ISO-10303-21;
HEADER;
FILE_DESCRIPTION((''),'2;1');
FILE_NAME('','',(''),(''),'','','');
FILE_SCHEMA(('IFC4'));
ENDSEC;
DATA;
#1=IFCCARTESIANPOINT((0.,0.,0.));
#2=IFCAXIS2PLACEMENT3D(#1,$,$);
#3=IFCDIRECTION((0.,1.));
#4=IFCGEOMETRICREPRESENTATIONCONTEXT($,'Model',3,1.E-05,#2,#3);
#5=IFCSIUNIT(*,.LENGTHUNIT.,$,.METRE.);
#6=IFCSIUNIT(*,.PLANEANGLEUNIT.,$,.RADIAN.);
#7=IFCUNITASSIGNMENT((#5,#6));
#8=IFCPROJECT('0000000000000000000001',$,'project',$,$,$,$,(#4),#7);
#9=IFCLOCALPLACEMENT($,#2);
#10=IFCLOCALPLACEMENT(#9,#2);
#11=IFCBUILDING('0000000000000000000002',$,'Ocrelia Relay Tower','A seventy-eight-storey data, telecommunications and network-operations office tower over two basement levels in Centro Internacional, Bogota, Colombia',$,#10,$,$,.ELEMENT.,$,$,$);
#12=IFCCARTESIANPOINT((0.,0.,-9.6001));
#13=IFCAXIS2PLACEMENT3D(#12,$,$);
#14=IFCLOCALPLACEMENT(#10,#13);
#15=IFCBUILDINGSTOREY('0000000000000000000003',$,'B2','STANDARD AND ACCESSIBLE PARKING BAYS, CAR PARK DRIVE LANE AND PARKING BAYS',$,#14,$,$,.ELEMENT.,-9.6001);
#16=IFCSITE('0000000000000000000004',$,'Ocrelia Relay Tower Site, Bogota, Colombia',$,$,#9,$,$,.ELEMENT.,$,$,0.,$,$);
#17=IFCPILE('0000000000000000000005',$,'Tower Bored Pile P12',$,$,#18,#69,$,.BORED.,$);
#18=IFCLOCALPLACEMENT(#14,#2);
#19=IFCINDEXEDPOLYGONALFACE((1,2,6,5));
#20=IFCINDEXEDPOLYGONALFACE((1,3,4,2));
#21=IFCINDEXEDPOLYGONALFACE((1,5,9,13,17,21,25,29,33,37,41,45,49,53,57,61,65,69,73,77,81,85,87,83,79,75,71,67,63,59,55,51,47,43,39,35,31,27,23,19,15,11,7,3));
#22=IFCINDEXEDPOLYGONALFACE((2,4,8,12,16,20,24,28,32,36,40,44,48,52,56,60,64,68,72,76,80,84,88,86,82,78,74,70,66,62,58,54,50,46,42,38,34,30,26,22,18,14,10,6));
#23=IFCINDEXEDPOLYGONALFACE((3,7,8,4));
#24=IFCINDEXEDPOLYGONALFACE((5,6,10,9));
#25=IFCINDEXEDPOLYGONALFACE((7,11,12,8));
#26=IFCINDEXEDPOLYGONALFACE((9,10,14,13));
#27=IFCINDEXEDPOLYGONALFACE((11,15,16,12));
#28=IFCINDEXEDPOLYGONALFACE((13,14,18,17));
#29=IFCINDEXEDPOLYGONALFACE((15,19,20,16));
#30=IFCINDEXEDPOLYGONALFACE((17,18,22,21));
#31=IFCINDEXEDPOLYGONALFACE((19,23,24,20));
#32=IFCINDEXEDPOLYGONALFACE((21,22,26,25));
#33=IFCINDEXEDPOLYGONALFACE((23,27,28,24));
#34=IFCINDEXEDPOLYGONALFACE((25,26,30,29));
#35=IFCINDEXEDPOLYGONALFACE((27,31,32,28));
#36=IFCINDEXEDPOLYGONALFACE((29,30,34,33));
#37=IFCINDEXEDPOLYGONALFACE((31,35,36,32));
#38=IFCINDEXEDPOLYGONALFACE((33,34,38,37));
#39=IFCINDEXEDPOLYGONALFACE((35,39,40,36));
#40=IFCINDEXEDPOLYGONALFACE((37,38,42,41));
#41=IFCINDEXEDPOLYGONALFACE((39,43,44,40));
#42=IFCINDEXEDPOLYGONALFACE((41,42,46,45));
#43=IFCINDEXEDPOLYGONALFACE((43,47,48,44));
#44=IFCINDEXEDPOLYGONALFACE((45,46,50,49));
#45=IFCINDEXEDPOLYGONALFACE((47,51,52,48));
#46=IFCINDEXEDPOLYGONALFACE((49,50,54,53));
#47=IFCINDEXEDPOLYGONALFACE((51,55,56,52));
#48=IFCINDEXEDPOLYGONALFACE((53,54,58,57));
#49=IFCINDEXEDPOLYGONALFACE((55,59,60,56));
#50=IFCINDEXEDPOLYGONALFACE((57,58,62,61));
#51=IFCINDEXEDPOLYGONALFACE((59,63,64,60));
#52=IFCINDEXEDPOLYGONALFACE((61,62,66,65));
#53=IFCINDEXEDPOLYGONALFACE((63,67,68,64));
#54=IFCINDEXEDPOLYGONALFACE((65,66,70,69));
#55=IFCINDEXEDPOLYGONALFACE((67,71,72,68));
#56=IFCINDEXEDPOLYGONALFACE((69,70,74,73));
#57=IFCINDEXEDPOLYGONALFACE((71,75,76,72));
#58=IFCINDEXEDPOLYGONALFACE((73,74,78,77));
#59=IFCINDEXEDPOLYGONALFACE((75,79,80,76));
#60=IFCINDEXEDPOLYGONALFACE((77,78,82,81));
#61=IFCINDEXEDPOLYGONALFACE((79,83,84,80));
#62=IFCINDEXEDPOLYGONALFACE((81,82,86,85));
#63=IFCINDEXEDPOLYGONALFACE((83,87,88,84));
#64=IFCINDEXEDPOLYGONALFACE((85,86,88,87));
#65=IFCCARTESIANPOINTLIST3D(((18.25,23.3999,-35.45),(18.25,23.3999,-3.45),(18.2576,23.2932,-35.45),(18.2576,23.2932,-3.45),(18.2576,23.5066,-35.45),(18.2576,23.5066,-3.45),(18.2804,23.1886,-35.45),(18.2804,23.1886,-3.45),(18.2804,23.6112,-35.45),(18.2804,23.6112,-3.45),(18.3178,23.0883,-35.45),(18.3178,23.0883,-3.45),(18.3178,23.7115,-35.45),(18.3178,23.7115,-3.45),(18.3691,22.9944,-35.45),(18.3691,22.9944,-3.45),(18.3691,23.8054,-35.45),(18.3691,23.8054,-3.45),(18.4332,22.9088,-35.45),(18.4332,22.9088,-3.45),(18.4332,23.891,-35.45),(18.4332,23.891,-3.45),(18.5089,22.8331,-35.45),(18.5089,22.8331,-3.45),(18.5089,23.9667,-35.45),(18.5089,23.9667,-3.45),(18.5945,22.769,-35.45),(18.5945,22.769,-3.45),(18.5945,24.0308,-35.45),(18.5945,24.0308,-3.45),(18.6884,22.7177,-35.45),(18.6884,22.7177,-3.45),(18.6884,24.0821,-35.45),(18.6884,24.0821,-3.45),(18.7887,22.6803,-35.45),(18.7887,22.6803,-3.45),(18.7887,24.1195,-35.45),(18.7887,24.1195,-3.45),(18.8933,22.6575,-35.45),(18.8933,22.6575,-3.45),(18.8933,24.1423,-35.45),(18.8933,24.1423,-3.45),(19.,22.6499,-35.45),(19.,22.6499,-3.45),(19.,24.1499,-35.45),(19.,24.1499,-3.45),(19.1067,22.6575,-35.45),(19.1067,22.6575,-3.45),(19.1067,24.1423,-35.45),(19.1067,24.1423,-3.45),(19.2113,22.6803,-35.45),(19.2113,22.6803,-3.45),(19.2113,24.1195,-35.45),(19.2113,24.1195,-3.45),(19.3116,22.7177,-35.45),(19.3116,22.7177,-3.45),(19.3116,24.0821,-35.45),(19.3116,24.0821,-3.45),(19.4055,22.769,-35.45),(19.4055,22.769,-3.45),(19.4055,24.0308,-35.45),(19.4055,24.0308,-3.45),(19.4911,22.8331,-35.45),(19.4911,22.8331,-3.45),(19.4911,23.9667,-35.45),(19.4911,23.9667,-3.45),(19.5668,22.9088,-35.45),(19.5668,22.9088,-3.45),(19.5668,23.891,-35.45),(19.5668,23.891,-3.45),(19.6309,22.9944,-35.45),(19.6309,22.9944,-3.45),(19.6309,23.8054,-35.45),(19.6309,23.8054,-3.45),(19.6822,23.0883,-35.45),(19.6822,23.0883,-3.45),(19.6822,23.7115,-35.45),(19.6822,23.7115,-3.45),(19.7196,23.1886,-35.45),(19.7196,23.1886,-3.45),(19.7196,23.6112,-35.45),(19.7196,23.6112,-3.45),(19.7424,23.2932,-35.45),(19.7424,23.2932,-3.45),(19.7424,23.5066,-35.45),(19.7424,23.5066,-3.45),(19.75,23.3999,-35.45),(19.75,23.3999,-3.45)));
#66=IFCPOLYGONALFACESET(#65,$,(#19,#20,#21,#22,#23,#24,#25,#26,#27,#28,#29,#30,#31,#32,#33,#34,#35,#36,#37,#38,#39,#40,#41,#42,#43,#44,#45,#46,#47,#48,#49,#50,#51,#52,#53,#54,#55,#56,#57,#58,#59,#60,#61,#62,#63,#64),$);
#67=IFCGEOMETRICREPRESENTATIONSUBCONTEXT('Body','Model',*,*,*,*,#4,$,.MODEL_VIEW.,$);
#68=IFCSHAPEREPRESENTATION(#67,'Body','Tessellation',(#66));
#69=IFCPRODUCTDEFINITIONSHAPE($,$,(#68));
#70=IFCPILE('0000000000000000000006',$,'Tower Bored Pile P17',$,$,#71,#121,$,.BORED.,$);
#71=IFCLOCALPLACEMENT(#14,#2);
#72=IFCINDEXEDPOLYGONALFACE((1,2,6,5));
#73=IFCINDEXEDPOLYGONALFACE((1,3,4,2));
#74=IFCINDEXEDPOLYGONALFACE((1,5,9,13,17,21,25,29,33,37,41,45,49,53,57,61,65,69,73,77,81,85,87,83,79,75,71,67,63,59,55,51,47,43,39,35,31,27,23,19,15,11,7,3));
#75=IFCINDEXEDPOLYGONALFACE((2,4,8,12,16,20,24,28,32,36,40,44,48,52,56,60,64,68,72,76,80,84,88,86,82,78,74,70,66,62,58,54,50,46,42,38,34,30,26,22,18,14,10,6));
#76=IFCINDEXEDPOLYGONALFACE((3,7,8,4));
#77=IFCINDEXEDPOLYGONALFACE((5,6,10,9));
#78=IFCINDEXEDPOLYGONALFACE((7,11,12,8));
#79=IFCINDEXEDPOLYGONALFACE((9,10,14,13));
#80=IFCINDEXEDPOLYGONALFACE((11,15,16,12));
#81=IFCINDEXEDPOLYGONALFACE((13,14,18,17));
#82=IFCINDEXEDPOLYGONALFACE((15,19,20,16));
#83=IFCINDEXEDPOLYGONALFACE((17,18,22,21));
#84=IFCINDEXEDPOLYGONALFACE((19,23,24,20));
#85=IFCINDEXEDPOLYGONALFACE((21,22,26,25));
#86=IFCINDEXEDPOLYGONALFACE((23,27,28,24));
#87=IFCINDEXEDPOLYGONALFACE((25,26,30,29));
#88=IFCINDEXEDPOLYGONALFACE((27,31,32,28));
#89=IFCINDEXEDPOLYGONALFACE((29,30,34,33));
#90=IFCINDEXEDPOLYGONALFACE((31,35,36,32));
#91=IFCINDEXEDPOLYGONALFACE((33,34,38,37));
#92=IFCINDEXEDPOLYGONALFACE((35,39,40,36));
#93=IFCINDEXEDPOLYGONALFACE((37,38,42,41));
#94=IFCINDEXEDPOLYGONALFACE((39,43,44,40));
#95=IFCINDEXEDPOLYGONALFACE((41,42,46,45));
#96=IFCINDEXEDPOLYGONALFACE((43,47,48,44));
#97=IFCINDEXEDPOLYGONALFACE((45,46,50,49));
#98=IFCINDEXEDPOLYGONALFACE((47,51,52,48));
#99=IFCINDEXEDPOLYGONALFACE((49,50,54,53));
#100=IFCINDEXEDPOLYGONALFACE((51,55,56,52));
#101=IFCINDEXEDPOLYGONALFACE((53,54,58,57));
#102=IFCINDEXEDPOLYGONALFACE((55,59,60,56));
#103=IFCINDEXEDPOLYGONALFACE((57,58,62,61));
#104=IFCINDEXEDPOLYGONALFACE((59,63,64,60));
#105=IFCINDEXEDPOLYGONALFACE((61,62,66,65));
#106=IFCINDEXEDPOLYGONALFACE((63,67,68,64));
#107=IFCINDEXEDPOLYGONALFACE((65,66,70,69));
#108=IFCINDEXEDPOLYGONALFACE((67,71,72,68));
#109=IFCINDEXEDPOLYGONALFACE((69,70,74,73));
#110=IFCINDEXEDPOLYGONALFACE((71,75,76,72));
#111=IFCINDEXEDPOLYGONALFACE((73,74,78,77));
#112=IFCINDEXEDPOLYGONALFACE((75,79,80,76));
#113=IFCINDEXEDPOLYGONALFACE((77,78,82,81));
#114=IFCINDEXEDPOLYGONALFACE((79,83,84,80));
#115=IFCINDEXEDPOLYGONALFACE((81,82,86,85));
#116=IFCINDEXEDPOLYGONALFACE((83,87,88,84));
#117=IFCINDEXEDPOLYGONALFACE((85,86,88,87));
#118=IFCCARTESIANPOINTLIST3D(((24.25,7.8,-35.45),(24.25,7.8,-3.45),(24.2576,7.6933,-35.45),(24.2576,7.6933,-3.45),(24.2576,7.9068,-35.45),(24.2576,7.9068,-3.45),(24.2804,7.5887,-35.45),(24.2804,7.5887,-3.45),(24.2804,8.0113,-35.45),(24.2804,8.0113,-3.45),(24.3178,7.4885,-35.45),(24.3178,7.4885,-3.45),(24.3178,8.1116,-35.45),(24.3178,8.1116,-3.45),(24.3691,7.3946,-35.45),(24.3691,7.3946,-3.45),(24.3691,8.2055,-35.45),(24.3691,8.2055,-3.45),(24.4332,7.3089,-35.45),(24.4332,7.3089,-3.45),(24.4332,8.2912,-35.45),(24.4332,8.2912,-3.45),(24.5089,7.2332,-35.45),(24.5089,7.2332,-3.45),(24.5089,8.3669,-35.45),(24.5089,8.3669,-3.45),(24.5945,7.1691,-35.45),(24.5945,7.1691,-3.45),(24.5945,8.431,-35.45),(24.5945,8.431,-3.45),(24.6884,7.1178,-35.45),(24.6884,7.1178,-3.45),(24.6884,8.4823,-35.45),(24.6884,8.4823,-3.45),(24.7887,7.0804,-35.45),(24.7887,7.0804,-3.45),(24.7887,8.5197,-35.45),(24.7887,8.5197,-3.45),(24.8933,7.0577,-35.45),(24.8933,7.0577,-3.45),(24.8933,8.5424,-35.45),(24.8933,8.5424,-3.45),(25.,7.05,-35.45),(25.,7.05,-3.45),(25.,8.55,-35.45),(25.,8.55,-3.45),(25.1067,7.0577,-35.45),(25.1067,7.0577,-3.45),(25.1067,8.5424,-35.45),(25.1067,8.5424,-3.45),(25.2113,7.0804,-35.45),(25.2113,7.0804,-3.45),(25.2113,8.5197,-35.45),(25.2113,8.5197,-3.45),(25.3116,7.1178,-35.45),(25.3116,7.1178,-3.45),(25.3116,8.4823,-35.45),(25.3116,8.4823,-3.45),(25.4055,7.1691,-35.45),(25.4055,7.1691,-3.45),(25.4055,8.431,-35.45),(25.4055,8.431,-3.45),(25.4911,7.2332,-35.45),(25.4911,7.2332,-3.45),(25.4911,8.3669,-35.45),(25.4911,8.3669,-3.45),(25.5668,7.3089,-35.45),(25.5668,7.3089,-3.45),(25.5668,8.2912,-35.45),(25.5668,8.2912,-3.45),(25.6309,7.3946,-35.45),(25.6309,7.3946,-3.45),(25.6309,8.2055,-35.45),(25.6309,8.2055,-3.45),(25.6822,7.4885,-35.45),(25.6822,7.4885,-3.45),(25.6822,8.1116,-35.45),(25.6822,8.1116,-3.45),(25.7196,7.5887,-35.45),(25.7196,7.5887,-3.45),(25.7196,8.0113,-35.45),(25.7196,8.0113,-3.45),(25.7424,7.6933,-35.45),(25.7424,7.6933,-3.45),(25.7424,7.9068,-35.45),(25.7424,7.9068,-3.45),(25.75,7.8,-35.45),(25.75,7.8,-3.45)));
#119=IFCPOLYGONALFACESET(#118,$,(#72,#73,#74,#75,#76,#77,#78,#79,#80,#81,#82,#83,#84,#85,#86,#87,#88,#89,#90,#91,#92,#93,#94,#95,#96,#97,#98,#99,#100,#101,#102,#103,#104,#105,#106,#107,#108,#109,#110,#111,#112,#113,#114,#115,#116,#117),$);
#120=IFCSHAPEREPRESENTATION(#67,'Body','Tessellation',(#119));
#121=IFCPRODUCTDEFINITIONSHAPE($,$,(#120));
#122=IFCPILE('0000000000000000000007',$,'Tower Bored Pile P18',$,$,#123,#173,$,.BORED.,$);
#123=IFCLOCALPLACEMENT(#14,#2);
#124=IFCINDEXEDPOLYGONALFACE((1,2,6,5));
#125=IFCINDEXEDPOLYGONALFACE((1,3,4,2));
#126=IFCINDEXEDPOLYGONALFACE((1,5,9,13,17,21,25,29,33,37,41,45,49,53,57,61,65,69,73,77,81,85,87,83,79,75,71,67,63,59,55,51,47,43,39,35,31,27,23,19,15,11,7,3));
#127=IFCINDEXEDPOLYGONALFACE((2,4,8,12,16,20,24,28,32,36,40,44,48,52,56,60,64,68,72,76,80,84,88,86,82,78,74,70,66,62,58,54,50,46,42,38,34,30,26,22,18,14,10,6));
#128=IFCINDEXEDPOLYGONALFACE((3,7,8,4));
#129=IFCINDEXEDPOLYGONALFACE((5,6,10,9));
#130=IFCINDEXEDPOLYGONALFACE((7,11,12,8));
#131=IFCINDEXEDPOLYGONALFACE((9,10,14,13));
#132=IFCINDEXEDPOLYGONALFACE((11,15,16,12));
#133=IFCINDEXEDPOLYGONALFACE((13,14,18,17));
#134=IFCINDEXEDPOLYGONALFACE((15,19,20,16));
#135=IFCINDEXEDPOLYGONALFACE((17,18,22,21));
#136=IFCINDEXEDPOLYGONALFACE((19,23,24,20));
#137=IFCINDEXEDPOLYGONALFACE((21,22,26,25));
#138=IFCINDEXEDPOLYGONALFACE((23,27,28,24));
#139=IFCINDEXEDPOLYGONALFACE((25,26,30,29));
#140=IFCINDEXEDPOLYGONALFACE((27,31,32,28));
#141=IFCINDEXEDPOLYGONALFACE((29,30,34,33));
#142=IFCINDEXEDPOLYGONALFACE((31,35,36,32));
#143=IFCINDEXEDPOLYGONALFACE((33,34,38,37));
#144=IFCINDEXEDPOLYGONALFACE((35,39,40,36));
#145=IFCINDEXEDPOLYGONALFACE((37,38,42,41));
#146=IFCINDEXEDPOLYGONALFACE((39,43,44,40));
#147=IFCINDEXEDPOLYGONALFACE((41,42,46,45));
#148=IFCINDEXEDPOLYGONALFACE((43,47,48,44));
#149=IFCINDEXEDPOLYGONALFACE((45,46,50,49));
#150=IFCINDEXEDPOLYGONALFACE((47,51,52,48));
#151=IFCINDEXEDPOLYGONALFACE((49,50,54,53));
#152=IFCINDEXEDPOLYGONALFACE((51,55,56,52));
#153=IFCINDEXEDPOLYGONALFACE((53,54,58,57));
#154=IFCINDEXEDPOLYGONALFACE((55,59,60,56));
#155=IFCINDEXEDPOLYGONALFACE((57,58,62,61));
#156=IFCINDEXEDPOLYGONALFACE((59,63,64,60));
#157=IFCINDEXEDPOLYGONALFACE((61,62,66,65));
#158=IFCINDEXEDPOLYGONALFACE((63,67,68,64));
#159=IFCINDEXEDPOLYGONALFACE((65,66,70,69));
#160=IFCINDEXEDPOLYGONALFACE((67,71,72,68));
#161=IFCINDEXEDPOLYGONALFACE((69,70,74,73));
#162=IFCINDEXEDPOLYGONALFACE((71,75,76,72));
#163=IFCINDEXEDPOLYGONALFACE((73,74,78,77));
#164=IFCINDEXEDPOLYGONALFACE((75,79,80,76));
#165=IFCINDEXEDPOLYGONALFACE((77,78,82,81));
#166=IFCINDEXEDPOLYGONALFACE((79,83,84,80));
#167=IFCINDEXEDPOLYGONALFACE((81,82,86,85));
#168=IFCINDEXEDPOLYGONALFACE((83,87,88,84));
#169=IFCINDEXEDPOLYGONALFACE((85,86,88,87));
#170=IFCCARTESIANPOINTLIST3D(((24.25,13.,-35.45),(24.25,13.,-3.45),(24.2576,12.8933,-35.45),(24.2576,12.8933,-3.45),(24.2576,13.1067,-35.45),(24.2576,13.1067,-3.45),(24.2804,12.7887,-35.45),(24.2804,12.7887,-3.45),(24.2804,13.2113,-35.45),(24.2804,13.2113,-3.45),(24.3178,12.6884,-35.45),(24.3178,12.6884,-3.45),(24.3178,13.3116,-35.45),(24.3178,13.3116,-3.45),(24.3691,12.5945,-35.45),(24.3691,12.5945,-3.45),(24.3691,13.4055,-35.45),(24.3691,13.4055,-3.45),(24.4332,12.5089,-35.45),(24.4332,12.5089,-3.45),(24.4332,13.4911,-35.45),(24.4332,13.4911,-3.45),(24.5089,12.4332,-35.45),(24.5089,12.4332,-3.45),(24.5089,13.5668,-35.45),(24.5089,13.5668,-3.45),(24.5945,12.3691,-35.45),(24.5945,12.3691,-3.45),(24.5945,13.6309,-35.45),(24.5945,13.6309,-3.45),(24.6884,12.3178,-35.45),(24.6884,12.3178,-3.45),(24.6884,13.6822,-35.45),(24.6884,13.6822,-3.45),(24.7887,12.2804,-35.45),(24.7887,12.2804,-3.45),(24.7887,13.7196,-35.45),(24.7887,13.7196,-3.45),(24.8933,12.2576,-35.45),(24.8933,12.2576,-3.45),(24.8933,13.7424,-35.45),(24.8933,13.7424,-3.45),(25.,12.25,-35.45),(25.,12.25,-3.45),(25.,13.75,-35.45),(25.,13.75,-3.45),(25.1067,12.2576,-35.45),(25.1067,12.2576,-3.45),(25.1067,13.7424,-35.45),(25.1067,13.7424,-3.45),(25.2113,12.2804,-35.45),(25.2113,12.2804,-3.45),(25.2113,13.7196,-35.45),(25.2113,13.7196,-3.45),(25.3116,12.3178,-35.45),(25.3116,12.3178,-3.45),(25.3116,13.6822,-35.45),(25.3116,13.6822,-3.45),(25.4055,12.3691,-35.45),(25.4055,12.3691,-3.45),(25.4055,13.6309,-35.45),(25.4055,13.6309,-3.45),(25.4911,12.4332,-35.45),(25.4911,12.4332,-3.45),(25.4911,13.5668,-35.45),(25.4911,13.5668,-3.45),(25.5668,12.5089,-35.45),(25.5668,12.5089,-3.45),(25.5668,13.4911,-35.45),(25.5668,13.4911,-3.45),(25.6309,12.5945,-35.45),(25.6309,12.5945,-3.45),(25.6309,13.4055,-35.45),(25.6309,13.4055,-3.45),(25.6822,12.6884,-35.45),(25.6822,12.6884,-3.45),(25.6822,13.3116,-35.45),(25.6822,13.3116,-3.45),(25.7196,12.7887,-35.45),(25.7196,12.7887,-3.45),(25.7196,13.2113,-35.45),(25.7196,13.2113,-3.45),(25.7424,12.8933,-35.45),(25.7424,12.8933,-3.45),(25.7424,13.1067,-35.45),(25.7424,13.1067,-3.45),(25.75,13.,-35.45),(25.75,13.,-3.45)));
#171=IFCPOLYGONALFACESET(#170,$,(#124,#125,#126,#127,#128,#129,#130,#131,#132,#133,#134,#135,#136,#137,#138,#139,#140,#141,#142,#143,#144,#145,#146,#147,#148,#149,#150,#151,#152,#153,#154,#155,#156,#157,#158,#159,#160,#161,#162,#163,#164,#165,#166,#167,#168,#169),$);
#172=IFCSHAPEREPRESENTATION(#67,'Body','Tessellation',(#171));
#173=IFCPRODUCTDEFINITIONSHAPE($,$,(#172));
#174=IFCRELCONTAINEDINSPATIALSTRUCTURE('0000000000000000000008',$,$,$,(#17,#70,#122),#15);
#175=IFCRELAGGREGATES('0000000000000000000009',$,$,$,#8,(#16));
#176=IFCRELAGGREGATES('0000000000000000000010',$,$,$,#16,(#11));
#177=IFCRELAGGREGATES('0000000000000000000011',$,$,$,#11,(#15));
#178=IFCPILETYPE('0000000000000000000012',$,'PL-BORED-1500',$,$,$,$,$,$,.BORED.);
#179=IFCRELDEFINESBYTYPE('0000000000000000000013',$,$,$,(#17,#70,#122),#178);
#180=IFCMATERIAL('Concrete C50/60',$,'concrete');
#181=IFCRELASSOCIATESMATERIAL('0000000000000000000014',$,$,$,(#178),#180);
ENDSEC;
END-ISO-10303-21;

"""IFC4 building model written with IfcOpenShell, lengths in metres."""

from ifc_helpers import new_model, si_unit, direction, frame, origin, origin_2d, place, context, subcontext, project, spatial, circle, extrude, material, material_profile, profile_set, type_object, element, save


model = new_model("IFC4")

# Units and contexts
model_context = context("Model", 3, precision=1e-05, world=origin(), true_north=direction((0.0, 1.0)))
body_context = subcontext(model_context, "Body", "Model", "MODEL_VIEW")
ifc_project = project(units=[si_unit("LENGTHUNIT", "METRE"), si_unit("PLANEANGLEUNIT", "RADIAN")], contexts=[model_context])

# Site, building, storey
site_placement = place(None, origin())
site = spatial("IfcSite", under=ifc_project, at=site_placement, Name="Ocrelia Relay Tower Site, Bogota, Colombia", CompositionType="ELEMENT", RefElevation=0.0)
building_placement = place(site_placement, origin())
building = spatial("IfcBuilding", under=site, at=building_placement, Name="Ocrelia Relay Tower", Description="A seventy-eight-storey data, telecommunications and network-operations office tower over two basement levels in Centro Internacional, Bogota, Colombia", CompositionType="ELEMENT")
storey_placement = place(building_placement, frame((0.0, 0.0, -9.6001)))
storey = spatial("IfcBuildingStorey", under=building, at=storey_placement, Name="B2", Description="STANDARD AND ACCESSIBLE PARKING BAYS, CAR PARK DRIVE LANE AND PARKING BAYS", CompositionType="ELEMENT", Elevation=-9.6001)

# Piles
ifc_material_1 = material(Name="Concrete C50/60", Category="concrete")
ifc_material_profile_1 = material_profile(ifc_material_1, circle(Radius=0.75, at=origin_2d()), Name="PILE-1500")
ifc_profile_set_1 = profile_set([ifc_material_profile_1], Name="Concrete C50/60")
pile_type = type_object("IfcPileType", Name="PL-BORED-1500", PredefinedType="BORED", material=ifc_profile_set_1)
for number, where, z_axis, x_axis, name in (
    (1, (19.0, 23.3999, -3.45), (0.0, 0.0, -1.0), (1.0, 0.0, 0.0), "Tower Bored Pile P12"),
    (2, (25.0, 7.8, -3.45), (0.0, 0.0, -1.0), (1.0, 0.0, 0.0), "Tower Bored Pile P17"),
    (3, (25.0, 13.0, -3.45), (0.0, 0.0, -1.0), (1.0, 0.0, 0.0), "Tower Bored Pile P18"),
):
    element("IfcPile", number, at=place(storey_placement, frame(where, z_axis=z_axis, x_axis=x_axis)), inside=storey, type_object=pile_type, Name=name, PredefinedType="BORED", context=body_context, shape_type="SweptSolid", body=[
        extrude(circle(Radius=0.75, at=origin_2d()), origin(), (0.0, 0.0, 1.0), 32.0),
    ])

save(model, "model.ifc")
